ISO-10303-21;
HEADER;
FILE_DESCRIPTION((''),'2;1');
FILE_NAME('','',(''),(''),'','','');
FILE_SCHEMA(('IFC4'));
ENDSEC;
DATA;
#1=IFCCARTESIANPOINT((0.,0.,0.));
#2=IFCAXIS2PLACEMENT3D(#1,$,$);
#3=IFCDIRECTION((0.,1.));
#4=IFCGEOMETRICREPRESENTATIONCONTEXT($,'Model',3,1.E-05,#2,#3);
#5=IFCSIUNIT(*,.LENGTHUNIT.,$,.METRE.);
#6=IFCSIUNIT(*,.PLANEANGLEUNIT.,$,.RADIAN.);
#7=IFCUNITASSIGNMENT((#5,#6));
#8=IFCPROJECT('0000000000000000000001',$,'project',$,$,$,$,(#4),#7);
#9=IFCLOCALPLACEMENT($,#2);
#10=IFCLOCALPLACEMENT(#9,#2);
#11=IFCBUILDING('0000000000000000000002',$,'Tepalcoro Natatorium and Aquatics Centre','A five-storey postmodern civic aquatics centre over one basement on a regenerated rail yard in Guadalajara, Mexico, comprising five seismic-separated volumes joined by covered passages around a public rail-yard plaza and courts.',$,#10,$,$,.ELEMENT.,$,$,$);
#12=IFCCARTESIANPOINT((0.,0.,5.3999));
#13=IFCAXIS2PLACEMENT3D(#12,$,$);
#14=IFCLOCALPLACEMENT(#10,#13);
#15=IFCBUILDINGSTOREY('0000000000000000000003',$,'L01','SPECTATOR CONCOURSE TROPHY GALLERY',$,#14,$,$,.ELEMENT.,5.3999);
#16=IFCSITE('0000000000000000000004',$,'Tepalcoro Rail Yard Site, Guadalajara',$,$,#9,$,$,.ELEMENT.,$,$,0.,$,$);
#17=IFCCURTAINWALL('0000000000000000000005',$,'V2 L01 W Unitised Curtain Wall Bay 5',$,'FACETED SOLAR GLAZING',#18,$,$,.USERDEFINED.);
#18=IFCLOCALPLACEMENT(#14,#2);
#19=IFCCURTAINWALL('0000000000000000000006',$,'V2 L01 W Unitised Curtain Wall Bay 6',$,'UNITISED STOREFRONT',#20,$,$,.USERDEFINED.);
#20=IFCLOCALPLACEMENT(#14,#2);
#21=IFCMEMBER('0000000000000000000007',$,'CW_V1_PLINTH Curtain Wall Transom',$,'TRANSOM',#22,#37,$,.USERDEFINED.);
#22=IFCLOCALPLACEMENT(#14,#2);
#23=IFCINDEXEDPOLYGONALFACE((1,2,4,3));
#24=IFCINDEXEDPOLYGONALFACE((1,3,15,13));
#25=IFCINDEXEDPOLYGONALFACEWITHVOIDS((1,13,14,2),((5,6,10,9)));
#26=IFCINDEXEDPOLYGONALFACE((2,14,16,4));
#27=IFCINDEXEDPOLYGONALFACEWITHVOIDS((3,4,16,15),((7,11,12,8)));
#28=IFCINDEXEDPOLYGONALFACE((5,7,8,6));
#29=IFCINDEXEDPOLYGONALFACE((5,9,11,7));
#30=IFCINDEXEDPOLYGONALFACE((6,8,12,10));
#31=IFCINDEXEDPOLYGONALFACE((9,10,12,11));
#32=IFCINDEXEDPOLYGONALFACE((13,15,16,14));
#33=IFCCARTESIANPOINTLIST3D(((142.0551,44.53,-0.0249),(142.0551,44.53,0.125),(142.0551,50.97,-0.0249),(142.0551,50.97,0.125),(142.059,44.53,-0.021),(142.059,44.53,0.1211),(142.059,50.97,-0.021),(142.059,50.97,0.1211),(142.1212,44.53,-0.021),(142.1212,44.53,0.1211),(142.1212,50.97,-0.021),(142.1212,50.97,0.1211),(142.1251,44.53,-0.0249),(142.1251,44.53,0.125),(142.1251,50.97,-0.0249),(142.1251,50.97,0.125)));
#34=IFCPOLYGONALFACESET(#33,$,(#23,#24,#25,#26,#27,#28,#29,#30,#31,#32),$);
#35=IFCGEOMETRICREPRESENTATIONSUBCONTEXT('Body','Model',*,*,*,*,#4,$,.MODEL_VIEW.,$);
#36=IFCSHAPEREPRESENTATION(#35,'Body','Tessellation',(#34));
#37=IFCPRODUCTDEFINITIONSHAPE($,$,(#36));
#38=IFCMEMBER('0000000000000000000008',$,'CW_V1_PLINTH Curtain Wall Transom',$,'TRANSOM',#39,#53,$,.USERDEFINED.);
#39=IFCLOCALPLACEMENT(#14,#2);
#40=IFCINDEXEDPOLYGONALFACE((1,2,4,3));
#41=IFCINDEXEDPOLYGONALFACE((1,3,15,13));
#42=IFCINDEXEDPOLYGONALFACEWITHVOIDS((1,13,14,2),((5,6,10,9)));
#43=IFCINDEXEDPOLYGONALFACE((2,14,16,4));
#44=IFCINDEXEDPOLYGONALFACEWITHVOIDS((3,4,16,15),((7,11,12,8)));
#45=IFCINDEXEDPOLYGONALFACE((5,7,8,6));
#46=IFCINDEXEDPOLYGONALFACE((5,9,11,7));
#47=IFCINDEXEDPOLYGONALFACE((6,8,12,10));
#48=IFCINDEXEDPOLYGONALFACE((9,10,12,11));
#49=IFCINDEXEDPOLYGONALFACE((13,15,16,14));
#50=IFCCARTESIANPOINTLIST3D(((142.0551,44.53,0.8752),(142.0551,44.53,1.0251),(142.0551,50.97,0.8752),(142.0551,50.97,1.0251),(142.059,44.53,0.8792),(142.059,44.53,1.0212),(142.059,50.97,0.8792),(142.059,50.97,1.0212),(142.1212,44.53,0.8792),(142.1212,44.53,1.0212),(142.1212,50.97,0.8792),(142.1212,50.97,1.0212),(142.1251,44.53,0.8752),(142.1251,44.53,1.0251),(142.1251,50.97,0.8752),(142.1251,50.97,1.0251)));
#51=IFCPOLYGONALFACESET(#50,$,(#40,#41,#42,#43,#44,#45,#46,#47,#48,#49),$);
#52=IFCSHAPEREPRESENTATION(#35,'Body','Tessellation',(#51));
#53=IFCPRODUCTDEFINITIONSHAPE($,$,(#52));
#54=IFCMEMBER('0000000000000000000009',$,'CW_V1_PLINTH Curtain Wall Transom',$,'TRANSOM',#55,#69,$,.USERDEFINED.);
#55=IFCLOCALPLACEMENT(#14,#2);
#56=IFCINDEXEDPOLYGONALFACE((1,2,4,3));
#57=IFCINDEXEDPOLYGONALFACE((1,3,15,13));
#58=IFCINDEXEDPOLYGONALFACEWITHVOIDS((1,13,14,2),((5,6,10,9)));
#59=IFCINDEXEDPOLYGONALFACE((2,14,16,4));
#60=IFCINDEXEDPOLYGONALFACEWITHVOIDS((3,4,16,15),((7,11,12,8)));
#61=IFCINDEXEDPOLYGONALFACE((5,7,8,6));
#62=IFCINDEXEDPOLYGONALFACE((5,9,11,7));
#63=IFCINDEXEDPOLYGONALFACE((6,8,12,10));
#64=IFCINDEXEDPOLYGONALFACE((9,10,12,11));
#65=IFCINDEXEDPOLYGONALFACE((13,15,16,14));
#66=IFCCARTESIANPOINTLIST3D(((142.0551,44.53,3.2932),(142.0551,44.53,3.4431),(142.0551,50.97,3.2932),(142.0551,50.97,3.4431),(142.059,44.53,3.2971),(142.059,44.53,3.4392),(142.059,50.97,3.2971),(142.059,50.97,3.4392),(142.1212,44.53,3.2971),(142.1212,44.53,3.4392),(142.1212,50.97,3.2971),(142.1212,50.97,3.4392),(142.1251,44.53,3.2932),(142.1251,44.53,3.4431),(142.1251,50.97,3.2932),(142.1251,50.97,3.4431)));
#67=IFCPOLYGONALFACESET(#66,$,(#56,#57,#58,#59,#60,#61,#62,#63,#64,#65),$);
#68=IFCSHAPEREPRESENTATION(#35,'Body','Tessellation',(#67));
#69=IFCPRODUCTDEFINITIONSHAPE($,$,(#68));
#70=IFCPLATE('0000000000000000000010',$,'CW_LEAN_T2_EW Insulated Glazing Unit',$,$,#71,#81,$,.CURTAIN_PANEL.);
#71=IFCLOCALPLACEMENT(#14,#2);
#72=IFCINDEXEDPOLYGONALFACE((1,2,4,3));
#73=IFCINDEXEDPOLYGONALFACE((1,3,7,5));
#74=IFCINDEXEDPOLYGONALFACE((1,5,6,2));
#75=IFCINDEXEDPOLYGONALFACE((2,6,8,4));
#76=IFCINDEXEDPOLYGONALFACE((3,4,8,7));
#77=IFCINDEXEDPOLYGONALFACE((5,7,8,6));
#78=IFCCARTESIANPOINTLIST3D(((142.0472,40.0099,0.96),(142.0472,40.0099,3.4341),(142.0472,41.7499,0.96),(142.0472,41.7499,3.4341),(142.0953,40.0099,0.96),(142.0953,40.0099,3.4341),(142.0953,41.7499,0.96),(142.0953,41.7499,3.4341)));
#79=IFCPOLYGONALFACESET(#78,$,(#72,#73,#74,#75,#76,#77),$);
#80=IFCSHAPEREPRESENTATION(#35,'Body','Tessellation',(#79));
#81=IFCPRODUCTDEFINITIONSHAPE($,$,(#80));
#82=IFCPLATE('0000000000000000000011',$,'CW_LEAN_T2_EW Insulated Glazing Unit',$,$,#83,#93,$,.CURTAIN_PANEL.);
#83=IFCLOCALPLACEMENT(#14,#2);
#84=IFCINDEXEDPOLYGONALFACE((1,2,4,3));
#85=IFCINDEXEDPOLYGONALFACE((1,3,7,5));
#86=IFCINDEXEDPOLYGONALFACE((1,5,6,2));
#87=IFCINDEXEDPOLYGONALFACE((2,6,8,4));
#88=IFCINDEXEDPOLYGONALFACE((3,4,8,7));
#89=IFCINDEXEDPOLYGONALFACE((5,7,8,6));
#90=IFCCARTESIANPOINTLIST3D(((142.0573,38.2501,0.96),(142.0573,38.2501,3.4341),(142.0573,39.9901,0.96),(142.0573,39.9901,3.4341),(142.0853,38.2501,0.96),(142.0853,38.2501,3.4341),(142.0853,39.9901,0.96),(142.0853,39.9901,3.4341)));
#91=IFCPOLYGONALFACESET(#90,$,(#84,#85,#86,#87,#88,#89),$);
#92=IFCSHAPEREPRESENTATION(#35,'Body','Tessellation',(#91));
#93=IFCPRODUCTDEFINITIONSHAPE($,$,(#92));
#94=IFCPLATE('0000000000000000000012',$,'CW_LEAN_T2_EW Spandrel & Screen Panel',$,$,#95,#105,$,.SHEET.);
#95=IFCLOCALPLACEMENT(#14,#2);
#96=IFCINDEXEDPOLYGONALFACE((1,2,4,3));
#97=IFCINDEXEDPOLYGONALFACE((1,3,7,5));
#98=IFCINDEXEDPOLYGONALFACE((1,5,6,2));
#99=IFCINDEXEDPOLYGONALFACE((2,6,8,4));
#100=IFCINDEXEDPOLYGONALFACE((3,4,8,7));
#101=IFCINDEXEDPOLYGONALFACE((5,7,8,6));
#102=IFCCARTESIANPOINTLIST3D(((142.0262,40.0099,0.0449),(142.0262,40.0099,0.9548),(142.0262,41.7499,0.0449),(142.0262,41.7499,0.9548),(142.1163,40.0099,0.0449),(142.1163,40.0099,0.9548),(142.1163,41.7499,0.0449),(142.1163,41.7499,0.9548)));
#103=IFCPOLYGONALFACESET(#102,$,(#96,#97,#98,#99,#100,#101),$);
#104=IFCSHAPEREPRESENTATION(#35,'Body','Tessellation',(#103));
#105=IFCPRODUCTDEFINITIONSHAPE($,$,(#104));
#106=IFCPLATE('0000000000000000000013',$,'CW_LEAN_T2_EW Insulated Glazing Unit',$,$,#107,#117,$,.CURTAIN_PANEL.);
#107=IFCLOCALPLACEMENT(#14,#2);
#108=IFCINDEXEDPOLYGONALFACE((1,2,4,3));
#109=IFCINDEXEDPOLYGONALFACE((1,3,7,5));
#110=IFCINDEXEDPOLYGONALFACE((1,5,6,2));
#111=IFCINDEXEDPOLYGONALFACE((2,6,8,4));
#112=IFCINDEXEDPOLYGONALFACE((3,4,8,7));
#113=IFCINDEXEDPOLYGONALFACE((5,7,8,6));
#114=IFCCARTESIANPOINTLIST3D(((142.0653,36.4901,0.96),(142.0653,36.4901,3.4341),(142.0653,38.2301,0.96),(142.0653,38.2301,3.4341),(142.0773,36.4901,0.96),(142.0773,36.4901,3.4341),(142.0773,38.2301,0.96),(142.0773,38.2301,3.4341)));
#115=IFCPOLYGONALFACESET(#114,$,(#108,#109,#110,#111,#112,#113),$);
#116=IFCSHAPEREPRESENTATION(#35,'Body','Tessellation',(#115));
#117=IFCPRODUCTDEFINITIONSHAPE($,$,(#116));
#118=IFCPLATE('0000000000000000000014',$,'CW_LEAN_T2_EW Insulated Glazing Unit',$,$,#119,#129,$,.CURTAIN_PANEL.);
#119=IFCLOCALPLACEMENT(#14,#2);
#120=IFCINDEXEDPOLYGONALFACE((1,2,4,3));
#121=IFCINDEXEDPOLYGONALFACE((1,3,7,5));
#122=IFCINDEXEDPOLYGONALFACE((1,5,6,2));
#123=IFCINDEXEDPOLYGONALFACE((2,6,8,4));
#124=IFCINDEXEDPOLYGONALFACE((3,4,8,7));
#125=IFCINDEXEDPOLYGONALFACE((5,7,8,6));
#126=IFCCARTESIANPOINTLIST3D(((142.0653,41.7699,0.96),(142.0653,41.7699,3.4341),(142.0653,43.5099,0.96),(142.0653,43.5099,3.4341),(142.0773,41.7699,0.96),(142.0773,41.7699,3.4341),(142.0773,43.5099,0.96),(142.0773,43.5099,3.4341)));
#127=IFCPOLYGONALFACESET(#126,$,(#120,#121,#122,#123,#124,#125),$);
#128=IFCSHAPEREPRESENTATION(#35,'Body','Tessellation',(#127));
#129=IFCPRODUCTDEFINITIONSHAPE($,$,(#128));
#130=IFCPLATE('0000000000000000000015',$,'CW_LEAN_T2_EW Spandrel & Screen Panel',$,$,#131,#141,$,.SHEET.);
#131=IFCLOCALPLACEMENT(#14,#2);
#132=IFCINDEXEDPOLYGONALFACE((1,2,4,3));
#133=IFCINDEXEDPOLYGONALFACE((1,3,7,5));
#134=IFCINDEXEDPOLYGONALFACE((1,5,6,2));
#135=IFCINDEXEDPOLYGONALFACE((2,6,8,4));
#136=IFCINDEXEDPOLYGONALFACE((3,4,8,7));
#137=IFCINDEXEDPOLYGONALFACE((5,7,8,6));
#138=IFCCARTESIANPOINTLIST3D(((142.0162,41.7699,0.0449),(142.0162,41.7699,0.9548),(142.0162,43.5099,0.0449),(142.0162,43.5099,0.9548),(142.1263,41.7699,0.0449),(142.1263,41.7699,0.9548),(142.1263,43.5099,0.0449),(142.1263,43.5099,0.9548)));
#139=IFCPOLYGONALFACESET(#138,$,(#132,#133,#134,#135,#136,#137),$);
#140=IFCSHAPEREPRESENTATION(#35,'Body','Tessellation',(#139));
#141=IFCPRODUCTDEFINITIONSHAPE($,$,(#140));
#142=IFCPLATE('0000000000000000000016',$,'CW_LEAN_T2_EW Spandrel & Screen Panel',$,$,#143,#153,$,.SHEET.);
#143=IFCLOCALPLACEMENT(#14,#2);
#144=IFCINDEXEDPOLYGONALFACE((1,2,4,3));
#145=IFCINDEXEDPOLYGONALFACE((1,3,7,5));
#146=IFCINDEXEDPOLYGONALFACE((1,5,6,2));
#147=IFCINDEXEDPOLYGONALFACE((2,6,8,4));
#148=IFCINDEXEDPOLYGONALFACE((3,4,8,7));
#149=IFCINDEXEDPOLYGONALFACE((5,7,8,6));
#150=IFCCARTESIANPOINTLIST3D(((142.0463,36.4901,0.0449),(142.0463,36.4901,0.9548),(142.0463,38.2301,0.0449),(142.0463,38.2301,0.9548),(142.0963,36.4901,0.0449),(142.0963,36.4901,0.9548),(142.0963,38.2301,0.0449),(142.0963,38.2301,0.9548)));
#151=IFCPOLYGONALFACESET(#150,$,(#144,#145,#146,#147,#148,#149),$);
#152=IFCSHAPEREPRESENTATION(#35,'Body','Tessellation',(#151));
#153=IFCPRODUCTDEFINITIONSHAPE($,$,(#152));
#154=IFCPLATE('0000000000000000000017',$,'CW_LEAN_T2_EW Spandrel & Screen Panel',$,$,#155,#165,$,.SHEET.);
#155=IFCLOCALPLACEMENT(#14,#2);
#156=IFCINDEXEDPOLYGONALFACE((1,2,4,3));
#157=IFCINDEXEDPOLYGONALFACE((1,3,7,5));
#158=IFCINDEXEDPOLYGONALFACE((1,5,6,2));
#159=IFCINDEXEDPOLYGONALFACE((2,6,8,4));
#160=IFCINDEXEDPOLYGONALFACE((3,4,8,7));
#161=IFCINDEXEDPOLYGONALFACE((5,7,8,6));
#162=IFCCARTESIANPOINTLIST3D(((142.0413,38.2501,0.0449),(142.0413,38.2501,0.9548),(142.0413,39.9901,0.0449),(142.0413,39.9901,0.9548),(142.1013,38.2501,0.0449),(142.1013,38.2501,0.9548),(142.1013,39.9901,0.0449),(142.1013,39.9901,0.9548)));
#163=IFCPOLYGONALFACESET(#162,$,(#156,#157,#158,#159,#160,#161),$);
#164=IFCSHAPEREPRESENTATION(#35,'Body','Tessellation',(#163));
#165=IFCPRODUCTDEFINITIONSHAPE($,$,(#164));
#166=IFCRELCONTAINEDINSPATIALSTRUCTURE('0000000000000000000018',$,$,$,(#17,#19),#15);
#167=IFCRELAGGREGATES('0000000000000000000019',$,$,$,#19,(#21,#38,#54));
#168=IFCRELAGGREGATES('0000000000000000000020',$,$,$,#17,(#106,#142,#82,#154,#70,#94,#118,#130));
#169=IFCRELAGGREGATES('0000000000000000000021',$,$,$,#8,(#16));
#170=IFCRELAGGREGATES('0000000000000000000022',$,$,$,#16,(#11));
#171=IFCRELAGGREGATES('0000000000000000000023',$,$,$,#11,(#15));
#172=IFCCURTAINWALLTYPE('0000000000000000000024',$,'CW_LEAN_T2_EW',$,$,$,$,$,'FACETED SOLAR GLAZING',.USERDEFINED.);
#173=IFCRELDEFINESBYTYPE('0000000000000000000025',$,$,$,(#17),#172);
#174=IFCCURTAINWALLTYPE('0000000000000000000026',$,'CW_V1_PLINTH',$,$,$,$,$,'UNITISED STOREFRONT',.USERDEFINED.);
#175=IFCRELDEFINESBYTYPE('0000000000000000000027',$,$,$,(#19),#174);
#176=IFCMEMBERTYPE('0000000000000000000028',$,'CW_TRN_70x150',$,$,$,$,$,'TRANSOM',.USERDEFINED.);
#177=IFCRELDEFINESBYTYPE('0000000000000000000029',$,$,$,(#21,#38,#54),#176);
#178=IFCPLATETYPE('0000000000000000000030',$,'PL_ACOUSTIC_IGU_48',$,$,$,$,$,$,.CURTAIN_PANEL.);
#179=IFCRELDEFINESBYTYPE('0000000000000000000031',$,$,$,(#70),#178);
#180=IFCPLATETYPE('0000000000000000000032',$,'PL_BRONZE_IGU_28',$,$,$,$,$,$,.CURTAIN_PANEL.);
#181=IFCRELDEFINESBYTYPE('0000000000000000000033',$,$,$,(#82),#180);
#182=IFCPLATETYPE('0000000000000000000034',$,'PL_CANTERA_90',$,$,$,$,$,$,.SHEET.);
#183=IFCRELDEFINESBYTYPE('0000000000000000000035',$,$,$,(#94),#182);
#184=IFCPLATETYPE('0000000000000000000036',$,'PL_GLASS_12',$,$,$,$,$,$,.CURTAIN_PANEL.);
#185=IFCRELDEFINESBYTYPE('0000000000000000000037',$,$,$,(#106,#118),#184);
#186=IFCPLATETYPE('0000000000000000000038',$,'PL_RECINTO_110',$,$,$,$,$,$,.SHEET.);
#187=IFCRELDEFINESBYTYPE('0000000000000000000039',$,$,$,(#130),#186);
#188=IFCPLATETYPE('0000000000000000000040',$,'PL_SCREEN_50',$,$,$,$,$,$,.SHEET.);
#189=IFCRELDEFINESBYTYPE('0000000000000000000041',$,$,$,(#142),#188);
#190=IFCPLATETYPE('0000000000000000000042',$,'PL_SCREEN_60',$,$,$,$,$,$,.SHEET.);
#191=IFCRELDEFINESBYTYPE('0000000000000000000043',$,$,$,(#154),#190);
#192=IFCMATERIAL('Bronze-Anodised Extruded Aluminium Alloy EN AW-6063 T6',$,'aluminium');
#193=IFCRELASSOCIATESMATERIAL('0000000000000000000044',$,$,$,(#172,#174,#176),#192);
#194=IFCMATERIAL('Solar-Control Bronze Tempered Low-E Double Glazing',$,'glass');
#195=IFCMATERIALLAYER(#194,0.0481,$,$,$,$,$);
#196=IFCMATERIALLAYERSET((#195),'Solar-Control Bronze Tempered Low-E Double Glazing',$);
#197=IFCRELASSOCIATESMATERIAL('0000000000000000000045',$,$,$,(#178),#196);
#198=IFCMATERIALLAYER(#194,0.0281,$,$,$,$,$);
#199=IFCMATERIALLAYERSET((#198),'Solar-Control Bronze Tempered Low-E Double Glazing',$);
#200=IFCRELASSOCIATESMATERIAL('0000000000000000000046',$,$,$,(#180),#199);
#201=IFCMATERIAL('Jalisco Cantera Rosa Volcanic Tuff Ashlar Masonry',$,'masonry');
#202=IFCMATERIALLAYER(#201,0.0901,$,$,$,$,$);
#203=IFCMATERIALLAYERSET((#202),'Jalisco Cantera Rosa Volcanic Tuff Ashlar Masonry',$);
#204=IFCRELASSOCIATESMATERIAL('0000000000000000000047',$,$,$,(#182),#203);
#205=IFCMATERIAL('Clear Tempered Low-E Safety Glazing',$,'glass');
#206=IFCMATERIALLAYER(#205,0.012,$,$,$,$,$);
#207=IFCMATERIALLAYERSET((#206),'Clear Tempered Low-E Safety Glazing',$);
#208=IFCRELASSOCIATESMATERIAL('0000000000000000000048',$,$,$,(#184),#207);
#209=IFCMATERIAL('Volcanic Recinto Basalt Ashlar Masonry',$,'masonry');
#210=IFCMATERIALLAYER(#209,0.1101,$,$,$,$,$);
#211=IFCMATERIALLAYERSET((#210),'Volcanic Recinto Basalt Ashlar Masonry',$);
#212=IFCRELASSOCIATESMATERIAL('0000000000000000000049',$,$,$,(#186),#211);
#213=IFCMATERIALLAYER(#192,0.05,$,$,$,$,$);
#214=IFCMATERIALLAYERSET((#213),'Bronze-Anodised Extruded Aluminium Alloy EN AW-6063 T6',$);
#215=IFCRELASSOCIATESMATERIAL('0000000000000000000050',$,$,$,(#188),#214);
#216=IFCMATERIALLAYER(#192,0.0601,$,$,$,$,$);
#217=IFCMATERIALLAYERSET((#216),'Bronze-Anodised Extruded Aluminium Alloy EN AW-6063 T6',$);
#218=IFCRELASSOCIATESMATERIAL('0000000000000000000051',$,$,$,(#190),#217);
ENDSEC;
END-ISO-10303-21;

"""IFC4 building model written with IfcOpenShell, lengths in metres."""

from ifc_helpers import new_model, si_unit, direction, frame, origin, origin_2d, place, context, subcontext, project, spatial, rectangle, hollow_rectangle, extrude, material, layer, layer_set, material_profile, profile_set, type_object, element, aggregate, save


model = new_model("IFC4")

# Units and contexts
model_context = context("Model", 3, precision=1e-05, world=origin(), true_north=direction((0.0, 1.0)))
body_context = subcontext(model_context, "Body", "Model", "MODEL_VIEW")
ifc_project = project(units=[si_unit("LENGTHUNIT", "METRE"), si_unit("PLANEANGLEUNIT", "RADIAN")], contexts=[model_context])

# Site, building, storey
site_placement = place(None, origin())
site = spatial("IfcSite", under=ifc_project, at=site_placement, Name="Tepalcoro Rail Yard Site, Guadalajara", CompositionType="ELEMENT", RefElevation=0.0)
building_placement = place(site_placement, origin())
building = spatial("IfcBuilding", under=site, at=building_placement, Name="Tepalcoro Natatorium and Aquatics Centre", Description="A five-storey postmodern civic aquatics centre over one basement on a regenerated rail yard in Guadalajara, Mexico, comprising five seismic-separated volumes joined by covered passages around a public rail-yard plaza and courts.", CompositionType="ELEMENT")
storey_placement = place(building_placement, frame((0.0, 0.0, 5.3999)))
storey = spatial("IfcBuildingStorey", under=building, at=storey_placement, Name="L01", Description="SPECTATOR CONCOURSE TROPHY GALLERY", CompositionType="ELEMENT", Elevation=5.3999)

# Curtain wall
ifc_material_1 = material(Name="Bronze-Anodised Extruded Aluminium Alloy EN AW-6063 T6", Category="aluminium")
curtain_wall_type_1 = type_object("IfcCurtainWallType", Name="CW_LEAN_T2_EW", ElementType="FACETED SOLAR GLAZING", PredefinedType="USERDEFINED", material=ifc_material_1)
curtain_wall_1_placement = place(storey_placement, origin())
curtain_wall_1 = element("IfcCurtainWall", 1, at=curtain_wall_1_placement, inside=storey, type_object=curtain_wall_type_1, Name="V2 L01 W Unitised Curtain Wall Bay 5", ObjectType="FACETED SOLAR GLAZING", PredefinedType="USERDEFINED")

# Curtain wall
curtain_wall_type_2 = type_object("IfcCurtainWallType", Name="CW_V1_PLINTH", ElementType="UNITISED STOREFRONT", PredefinedType="USERDEFINED", material=ifc_material_1)
curtain_wall_2_placement = place(storey_placement, origin())
curtain_wall_2 = element("IfcCurtainWall", 2, at=curtain_wall_2_placement, inside=storey, type_object=curtain_wall_type_2, Name="V2 L01 W Unitised Curtain Wall Bay 6", ObjectType="UNITISED STOREFRONT", PredefinedType="USERDEFINED")

# Members
ifc_material_profile_1 = material_profile(ifc_material_1, hollow_rectangle(XDim=0.0701, YDim=0.1499, WallThickness=0.0039, at=origin_2d()), Name="AL70X150X4")
ifc_profile_set_1 = profile_set([ifc_material_profile_1], Name="Bronze-Anodised Extruded Aluminium Alloy EN AW-6063 T6")
member_type_1 = type_object("IfcMemberType", Name="CW_TRN_70x150", ElementType="TRANSOM", PredefinedType="USERDEFINED", material=ifc_profile_set_1)
member_1_placement = place(storey_placement, frame((142.0901, 44.53, 0.05), z_axis=(0.0, 1.0, 0.0), x_axis=(-1.0, 0.0, 0.0)))
member_1 = element("IfcMember", 3, at=member_1_placement, type_object=member_type_1, Name="CW_V1_PLINTH Curtain Wall Transom", ObjectType="TRANSOM", PredefinedType="USERDEFINED", context=body_context, shape_type="SweptSolid", body=[
    extrude(hollow_rectangle(XDim=0.0701, YDim=0.1499, WallThickness=0.0039, at=origin_2d()), origin(), (0.0, 0.0, 1.0), 6.4399),
])
member_2_placement = place(storey_placement, frame((142.0901, 44.53, 0.9502), z_axis=(0.0, 1.0, 0.0), x_axis=(-1.0, 0.0, 0.0)))
member_2 = element("IfcMember", 4, at=member_2_placement, type_object=member_type_1, Name="CW_V1_PLINTH Curtain Wall Transom", ObjectType="TRANSOM", PredefinedType="USERDEFINED", context=body_context, shape_type="SweptSolid", body=[
    extrude(hollow_rectangle(XDim=0.0701, YDim=0.1499, WallThickness=0.0039, at=origin_2d()), origin(), (0.0, 0.0, 1.0), 6.4399),
])
member_3_placement = place(storey_placement, frame((142.0901, 44.53, 3.3682), z_axis=(0.0, 1.0, 0.0), x_axis=(-1.0, 0.0, 0.0)))
member_3 = element("IfcMember", 5, at=member_3_placement, type_object=member_type_1, Name="CW_V1_PLINTH Curtain Wall Transom", ObjectType="TRANSOM", PredefinedType="USERDEFINED", context=body_context, shape_type="SweptSolid", body=[
    extrude(hollow_rectangle(XDim=0.0701, YDim=0.1499, WallThickness=0.0039, at=origin_2d()), origin(), (0.0, 0.0, 1.0), 6.4399),
])
aggregate(curtain_wall_2, [member_1, member_2, member_3])

# Plates
ifc_material_2 = material(Name="Solar-Control Bronze Tempered Low-E Double Glazing", Category="glass")
ifc_layer_1 = layer(ifc_material_2, 0.0481)
ifc_layer_set_1 = layer_set([ifc_layer_1], Name="Solar-Control Bronze Tempered Low-E Double Glazing")
plate_type_1 = type_object("IfcPlateType", Name="PL_ACOUSTIC_IGU_48", PredefinedType="CURTAIN_PANEL", material=ifc_layer_set_1)
plate_1_placement = place(storey_placement, frame((142.0713, 40.8799, 0.96), z_axis=(0.0, 0.0, 1.0), x_axis=(1.0, 0.0, 0.0)))
plate_1 = element("IfcPlate", 6, at=plate_1_placement, type_object=plate_type_1, Name="CW_LEAN_T2_EW Insulated Glazing Unit", PredefinedType="CURTAIN_PANEL", context=body_context, shape_type="SweptSolid", body=[
    extrude(rectangle(XDim=0.0481, YDim=1.74, at=origin_2d()), origin(), (0.0, 0.0, 1.0), 2.4741),
])
ifc_layer_2 = layer(ifc_material_2, 0.0281)
ifc_layer_set_2 = layer_set([ifc_layer_2], Name="Solar-Control Bronze Tempered Low-E Double Glazing")
plate_type_2 = type_object("IfcPlateType", Name="PL_BRONZE_IGU_28", PredefinedType="CURTAIN_PANEL", material=ifc_layer_set_2)
plate_2_placement = place(storey_placement, frame((142.0713, 39.1201, 0.96), z_axis=(0.0, 0.0, 1.0), x_axis=(1.0, 0.0, 0.0)))
plate_2 = element("IfcPlate", 7, at=plate_2_placement, type_object=plate_type_2, Name="CW_LEAN_T2_EW Insulated Glazing Unit", PredefinedType="CURTAIN_PANEL", context=body_context, shape_type="SweptSolid", body=[
    extrude(rectangle(XDim=0.0281, YDim=1.74, at=origin_2d()), origin(), (0.0, 0.0, 1.0), 2.4741),
])
ifc_material_3 = material(Name="Jalisco Cantera Rosa Volcanic Tuff Ashlar Masonry", Category="masonry")
ifc_layer_3 = layer(ifc_material_3, 0.0901)
ifc_layer_set_3 = layer_set([ifc_layer_3], Name="Jalisco Cantera Rosa Volcanic Tuff Ashlar Masonry")
plate_type_3 = type_object("IfcPlateType", Name="PL_CANTERA_90", PredefinedType="SHEET", material=ifc_layer_set_3)
plate_3_placement = place(storey_placement, frame((142.0713, 40.8799, 0.0449), z_axis=(0.0, 0.0, 1.0), x_axis=(1.0, 0.0, 0.0)))
plate_3 = element("IfcPlate", 8, at=plate_3_placement, type_object=plate_type_3, Name="CW_LEAN_T2_EW Spandrel & Screen Panel", PredefinedType="SHEET", context=body_context, shape_type="SweptSolid", body=[
    extrude(rectangle(XDim=0.0901, YDim=1.74, at=origin_2d()), origin(), (0.0, 0.0, 1.0), 0.9099),
])
ifc_material_4 = material(Name="Clear Tempered Low-E Safety Glazing", Category="glass")
ifc_layer_4 = layer(ifc_material_4, 0.012)
ifc_layer_set_4 = layer_set([ifc_layer_4], Name="Clear Tempered Low-E Safety Glazing")
plate_type_4 = type_object("IfcPlateType", Name="PL_GLASS_12", PredefinedType="CURTAIN_PANEL", material=ifc_layer_set_4)
plate_4_placement = place(storey_placement, frame((142.0713, 37.3601, 0.96), z_axis=(0.0, 0.0, 1.0), x_axis=(1.0, 0.0, 0.0)))
plate_4 = element("IfcPlate", 9, at=plate_4_placement, type_object=plate_type_4, Name="CW_LEAN_T2_EW Insulated Glazing Unit", PredefinedType="CURTAIN_PANEL", context=body_context, shape_type="SweptSolid", body=[
    extrude(rectangle(XDim=0.012, YDim=1.74, at=origin_2d()), origin(), (0.0, 0.0, 1.0), 2.4741),
])
plate_5_placement = place(storey_placement, frame((142.0713, 42.6399, 0.96), z_axis=(0.0, 0.0, 1.0), x_axis=(1.0, 0.0, 0.0)))
plate_5 = element("IfcPlate", 10, at=plate_5_placement, type_object=plate_type_4, Name="CW_LEAN_T2_EW Insulated Glazing Unit", PredefinedType="CURTAIN_PANEL", context=body_context, shape_type="SweptSolid", body=[
    extrude(rectangle(XDim=0.012, YDim=1.74, at=origin_2d()), origin(), (0.0, 0.0, 1.0), 2.4741),
])
ifc_material_5 = material(Name="Volcanic Recinto Basalt Ashlar Masonry", Category="masonry")
ifc_layer_5 = layer(ifc_material_5, 0.1101)
ifc_layer_set_5 = layer_set([ifc_layer_5], Name="Volcanic Recinto Basalt Ashlar Masonry")
plate_type_5 = type_object("IfcPlateType", Name="PL_RECINTO_110", PredefinedType="SHEET", material=ifc_layer_set_5)
plate_6_placement = place(storey_placement, frame((142.0713, 42.6399, 0.0449), z_axis=(0.0, 0.0, 1.0), x_axis=(1.0, 0.0, 0.0)))
plate_6 = element("IfcPlate", 11, at=plate_6_placement, type_object=plate_type_5, Name="CW_LEAN_T2_EW Spandrel & Screen Panel", PredefinedType="SHEET", context=body_context, shape_type="SweptSolid", body=[
    extrude(rectangle(XDim=0.1101, YDim=1.74, at=origin_2d()), origin(), (0.0, 0.0, 1.0), 0.9099),
])
ifc_layer_6 = layer(ifc_material_1, 0.05)
ifc_layer_set_6 = layer_set([ifc_layer_6], Name="Bronze-Anodised Extruded Aluminium Alloy EN AW-6063 T6")
plate_type_6 = type_object("IfcPlateType", Name="PL_SCREEN_50", PredefinedType="SHEET", material=ifc_layer_set_6)
plate_7_placement = place(storey_placement, frame((142.0713, 37.3601, 0.0449), z_axis=(0.0, 0.0, 1.0), x_axis=(1.0, 0.0, 0.0)))
plate_7 = element("IfcPlate", 12, at=plate_7_placement, type_object=plate_type_6, Name="CW_LEAN_T2_EW Spandrel & Screen Panel", PredefinedType="SHEET", context=body_context, shape_type="SweptSolid", body=[
    extrude(rectangle(XDim=0.05, YDim=1.74, at=origin_2d()), origin(), (0.0, 0.0, 1.0), 0.9099),
])
ifc_layer_7 = layer(ifc_material_1, 0.0601)
ifc_layer_set_7 = layer_set([ifc_layer_7], Name="Bronze-Anodised Extruded Aluminium Alloy EN AW-6063 T6")
plate_type_7 = type_object("IfcPlateType", Name="PL_SCREEN_60", PredefinedType="SHEET", material=ifc_layer_set_7)
plate_8_placement = place(storey_placement, frame((142.0713, 39.1201, 0.0449), z_axis=(0.0, 0.0, 1.0), x_axis=(1.0, 0.0, 0.0)))
plate_8 = element("IfcPlate", 13, at=plate_8_placement, type_object=plate_type_7, Name="CW_LEAN_T2_EW Spandrel & Screen Panel", PredefinedType="SHEET", context=body_context, shape_type="SweptSolid", body=[
    extrude(rectangle(XDim=0.0601, YDim=1.74, at=origin_2d()), origin(), (0.0, 0.0, 1.0), 0.9099),
])
aggregate(curtain_wall_1, [plate_4, plate_7, plate_2, plate_8, plate_1, plate_3, plate_5, plate_6])

save(model, "model.ifc")
